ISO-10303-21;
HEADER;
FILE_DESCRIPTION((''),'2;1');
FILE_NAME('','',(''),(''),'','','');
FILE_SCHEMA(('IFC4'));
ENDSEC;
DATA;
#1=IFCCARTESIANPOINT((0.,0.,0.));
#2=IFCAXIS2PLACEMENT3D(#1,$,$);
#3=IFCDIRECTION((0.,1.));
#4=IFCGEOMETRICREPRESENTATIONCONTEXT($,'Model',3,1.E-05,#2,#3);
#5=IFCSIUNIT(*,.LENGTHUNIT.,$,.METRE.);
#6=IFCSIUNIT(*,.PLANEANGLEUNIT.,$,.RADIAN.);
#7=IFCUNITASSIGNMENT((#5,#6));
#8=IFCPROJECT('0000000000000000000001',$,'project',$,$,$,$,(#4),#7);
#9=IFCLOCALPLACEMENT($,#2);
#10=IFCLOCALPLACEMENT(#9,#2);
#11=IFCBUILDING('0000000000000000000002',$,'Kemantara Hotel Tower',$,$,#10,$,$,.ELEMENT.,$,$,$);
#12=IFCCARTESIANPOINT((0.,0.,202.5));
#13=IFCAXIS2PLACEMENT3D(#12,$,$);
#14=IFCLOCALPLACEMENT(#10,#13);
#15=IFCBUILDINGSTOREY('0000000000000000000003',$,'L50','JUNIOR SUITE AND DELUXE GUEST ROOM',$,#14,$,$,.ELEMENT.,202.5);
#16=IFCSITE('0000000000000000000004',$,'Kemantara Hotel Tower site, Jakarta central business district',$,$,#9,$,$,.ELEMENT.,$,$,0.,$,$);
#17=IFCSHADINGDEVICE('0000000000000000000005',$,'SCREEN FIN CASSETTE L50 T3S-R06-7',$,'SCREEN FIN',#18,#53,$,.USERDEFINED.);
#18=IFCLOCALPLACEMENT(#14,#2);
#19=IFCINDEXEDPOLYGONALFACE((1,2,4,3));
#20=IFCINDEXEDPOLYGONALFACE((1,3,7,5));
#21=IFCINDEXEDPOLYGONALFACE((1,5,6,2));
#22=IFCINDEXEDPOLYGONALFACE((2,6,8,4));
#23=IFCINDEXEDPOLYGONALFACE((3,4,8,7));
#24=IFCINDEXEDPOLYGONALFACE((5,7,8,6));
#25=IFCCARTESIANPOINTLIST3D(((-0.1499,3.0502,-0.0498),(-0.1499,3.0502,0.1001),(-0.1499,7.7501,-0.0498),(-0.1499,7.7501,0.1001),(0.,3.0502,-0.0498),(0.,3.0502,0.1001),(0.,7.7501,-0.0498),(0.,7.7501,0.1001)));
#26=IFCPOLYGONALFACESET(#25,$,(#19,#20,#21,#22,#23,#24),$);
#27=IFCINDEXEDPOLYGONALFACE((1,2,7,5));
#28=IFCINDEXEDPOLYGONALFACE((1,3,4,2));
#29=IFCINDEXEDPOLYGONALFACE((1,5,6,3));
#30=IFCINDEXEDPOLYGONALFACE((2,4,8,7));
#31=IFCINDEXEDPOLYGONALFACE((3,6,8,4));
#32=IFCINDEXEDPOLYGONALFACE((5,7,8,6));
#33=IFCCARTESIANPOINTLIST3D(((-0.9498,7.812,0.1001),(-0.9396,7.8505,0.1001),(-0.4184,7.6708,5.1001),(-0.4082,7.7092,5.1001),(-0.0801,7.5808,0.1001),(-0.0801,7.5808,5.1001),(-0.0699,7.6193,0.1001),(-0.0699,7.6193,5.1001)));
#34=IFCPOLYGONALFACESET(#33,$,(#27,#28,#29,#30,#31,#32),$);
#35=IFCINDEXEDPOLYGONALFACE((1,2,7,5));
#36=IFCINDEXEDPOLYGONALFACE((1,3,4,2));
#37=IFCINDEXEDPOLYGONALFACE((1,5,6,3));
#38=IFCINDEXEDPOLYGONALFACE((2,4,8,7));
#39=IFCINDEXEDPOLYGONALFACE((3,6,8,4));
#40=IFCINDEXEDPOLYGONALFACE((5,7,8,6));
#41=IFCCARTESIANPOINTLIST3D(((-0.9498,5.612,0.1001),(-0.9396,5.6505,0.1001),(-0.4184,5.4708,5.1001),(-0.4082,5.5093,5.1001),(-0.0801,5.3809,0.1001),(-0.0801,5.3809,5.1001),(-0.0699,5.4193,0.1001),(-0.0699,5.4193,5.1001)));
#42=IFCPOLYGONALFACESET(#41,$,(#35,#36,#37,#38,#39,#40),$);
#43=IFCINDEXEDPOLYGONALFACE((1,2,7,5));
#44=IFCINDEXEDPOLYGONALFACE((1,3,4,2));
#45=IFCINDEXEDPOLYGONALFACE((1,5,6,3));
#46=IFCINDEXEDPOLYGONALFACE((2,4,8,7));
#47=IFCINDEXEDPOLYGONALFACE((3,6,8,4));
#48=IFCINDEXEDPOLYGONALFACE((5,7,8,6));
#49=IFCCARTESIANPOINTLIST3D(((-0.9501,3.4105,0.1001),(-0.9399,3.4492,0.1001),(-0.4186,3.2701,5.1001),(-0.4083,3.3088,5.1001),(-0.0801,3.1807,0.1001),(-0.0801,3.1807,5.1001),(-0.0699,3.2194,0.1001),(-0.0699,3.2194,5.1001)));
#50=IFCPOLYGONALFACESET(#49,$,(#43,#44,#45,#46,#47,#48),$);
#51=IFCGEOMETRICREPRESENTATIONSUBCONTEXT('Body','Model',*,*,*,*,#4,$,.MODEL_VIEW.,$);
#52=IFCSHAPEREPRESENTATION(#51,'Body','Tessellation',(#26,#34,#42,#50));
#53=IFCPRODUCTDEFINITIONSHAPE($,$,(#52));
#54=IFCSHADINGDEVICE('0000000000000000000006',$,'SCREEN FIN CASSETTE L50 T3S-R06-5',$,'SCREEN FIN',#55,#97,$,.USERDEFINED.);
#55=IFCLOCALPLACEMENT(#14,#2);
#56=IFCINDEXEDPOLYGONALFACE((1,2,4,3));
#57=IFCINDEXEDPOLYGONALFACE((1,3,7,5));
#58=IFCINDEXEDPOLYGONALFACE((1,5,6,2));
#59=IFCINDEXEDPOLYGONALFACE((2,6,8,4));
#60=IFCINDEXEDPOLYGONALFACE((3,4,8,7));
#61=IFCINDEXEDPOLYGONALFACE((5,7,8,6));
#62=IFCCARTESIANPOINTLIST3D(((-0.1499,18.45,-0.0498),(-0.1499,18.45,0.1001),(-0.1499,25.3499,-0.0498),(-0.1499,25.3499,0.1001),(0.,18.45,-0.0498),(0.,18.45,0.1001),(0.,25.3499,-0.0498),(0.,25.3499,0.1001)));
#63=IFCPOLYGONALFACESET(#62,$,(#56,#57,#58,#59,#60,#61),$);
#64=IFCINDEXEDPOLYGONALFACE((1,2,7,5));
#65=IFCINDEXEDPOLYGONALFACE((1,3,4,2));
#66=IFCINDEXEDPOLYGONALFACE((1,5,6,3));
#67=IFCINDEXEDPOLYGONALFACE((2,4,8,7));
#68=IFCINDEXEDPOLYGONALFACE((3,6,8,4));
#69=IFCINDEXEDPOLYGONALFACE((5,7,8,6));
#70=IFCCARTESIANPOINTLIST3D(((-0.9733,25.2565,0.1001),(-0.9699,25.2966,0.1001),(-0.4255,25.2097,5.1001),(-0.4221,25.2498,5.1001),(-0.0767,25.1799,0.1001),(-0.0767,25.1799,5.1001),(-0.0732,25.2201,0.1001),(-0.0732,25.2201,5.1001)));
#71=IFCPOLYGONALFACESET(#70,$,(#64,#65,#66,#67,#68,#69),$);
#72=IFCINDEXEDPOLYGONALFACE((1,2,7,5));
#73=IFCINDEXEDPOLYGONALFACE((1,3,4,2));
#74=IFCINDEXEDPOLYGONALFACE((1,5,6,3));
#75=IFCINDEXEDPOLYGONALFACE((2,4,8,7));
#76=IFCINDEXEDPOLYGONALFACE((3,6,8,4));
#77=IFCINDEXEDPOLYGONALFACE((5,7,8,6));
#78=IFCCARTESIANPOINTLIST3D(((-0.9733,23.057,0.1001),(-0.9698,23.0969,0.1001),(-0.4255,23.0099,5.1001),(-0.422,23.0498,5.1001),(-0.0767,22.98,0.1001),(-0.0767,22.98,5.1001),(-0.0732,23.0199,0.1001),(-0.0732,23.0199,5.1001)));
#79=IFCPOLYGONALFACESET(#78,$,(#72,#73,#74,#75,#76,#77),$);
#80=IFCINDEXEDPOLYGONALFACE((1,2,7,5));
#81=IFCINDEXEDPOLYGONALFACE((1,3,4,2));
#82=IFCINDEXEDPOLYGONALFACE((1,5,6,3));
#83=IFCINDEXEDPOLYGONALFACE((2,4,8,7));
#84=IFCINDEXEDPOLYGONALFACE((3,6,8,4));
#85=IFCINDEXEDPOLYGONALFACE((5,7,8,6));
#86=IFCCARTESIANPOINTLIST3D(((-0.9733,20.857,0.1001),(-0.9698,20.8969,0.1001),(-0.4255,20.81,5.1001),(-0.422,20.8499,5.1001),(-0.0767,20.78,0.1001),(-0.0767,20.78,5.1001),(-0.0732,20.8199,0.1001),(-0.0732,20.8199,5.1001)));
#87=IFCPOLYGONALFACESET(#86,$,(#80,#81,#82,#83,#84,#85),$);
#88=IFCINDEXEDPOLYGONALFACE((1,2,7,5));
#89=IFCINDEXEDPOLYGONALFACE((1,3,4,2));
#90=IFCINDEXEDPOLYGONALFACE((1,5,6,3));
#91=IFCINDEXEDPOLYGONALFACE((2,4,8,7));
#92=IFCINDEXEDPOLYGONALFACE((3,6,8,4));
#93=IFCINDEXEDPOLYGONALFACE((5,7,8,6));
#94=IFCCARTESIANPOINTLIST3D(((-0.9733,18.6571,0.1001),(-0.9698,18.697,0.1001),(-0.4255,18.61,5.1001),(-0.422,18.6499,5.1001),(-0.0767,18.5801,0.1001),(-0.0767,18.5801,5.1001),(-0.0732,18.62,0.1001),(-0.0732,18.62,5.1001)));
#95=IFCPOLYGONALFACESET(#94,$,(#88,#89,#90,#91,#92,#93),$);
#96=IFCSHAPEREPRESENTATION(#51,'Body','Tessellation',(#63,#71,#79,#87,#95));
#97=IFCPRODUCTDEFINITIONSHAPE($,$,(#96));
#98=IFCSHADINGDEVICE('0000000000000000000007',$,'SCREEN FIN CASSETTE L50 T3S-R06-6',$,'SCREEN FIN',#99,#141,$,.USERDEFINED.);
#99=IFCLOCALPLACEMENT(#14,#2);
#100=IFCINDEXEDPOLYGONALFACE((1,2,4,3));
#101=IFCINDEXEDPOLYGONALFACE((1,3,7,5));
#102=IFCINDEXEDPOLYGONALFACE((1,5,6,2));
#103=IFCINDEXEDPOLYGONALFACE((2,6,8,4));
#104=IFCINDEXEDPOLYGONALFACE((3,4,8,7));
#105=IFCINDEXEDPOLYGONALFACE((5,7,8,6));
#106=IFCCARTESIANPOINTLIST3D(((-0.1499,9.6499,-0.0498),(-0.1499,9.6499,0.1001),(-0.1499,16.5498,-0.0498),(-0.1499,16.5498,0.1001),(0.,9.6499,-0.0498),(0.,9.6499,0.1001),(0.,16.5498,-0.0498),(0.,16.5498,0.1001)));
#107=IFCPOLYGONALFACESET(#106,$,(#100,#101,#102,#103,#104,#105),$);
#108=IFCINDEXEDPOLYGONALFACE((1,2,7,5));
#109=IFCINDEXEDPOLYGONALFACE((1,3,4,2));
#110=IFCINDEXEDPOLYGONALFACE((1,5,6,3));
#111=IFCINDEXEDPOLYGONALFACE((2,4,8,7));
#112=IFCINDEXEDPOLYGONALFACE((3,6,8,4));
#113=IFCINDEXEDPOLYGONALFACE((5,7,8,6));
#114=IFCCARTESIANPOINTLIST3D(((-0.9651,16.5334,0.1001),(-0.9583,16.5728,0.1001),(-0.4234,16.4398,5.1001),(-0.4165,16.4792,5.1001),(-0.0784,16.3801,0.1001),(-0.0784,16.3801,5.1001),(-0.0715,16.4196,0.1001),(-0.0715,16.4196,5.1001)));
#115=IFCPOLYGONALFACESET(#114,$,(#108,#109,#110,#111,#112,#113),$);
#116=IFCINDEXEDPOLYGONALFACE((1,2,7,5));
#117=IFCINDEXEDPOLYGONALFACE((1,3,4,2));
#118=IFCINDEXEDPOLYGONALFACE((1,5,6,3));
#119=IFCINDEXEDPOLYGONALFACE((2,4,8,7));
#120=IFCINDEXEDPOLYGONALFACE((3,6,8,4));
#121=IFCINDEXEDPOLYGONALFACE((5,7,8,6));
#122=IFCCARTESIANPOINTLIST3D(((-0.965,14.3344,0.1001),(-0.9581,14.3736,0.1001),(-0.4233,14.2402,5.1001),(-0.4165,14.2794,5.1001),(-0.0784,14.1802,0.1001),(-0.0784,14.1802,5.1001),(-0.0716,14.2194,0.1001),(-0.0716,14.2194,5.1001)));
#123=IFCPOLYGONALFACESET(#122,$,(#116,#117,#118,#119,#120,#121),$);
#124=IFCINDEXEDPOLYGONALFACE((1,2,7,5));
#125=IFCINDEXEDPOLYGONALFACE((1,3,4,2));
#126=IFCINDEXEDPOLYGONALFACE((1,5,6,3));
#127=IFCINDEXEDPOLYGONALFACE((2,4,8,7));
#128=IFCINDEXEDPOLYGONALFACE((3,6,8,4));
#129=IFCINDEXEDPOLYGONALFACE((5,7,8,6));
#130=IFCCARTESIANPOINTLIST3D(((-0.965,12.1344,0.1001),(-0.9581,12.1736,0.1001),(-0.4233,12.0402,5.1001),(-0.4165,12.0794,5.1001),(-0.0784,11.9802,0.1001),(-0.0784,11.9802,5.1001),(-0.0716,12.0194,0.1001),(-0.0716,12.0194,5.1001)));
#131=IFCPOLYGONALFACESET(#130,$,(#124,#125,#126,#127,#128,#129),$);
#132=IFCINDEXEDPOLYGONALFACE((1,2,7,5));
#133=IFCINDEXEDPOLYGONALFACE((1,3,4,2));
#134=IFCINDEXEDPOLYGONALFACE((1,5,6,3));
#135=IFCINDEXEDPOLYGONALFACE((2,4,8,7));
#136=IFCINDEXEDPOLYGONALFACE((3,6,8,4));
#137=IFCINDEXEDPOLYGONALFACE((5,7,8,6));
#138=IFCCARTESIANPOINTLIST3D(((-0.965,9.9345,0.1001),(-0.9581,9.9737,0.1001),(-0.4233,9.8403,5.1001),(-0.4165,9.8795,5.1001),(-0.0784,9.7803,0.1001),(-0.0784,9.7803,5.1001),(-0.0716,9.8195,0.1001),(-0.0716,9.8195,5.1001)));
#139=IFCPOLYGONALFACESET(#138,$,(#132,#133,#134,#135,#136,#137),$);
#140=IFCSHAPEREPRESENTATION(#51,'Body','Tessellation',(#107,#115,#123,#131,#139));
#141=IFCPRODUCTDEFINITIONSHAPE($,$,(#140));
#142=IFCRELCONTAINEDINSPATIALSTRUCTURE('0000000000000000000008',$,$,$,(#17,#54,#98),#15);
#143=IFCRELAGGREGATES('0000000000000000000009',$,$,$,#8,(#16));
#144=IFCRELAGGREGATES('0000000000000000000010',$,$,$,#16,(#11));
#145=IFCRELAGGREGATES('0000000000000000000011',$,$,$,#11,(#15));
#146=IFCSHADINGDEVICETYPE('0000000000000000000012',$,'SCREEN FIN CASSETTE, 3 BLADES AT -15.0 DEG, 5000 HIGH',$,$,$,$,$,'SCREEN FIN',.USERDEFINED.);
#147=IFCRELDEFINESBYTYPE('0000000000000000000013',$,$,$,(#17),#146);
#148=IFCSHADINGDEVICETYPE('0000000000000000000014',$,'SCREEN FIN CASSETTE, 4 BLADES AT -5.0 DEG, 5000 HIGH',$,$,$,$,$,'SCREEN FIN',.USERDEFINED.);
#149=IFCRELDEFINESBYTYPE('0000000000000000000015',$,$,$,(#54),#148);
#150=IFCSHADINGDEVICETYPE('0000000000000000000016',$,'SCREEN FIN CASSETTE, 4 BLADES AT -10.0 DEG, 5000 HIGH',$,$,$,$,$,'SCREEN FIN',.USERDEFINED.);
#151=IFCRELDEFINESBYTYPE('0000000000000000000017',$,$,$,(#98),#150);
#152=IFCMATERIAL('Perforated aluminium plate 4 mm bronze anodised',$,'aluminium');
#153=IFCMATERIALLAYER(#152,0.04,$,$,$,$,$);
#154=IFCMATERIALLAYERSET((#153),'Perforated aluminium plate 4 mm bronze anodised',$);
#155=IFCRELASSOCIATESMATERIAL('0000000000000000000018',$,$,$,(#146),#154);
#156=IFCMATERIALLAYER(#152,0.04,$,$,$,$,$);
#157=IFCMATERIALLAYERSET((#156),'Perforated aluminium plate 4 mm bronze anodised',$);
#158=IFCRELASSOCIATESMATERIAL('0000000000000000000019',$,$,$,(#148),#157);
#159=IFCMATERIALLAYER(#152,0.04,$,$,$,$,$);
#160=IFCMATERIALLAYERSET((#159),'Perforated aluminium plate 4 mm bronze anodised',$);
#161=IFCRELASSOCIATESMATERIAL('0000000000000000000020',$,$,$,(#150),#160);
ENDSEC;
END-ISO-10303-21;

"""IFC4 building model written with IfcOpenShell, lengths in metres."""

from ifc_helpers import new_model, si_unit, direction, frame, origin, origin_2d, place, context, subcontext, project, spatial, polyline, rectangle, outline, extrude, source, transform, mapped, material, layer, layer_set, type_object, element, save


model = new_model("IFC4")

# Units and contexts
model_context = context("Model", 3, precision=1e-05, world=origin(), true_north=direction((0.0, 1.0)))
body_context = subcontext(model_context, "Body", "Model", "MODEL_VIEW")
ifc_project = project(units=[si_unit("LENGTHUNIT", "METRE"), si_unit("PLANEANGLEUNIT", "RADIAN")], contexts=[model_context])

# Site, building, storey
site_placement = place(None, origin())
site = spatial("IfcSite", under=ifc_project, at=site_placement, Name="Kemantara Hotel Tower site, Jakarta central business district", CompositionType="ELEMENT", RefElevation=0.0)
building_placement = place(site_placement, origin())
building = spatial("IfcBuilding", under=site, at=building_placement, Name="Kemantara Hotel Tower", CompositionType="ELEMENT")
storey_placement = place(building_placement, frame((0.0, 0.0, 202.5)))
storey = spatial("IfcBuildingStorey", under=building, at=storey_placement, Name="L50", Description="JUNIOR SUITE AND DELUXE GUEST ROOM", CompositionType="ELEMENT", Elevation=202.5)

# Shading devices
ifc_material_1 = material(Name="Perforated aluminium plate 4 mm bronze anodised", Category="aluminium")
ifc_layer_1 = layer(ifc_material_1, 0.04)
ifc_layer_set_1 = layer_set([ifc_layer_1], Name="Perforated aluminium plate 4 mm bronze anodised")
shading_device_type_1 = type_object("IfcShadingDeviceType", Name="SCREEN FIN CASSETTE, 3 BLADES AT -15.0 DEG, 5000 HIGH", ElementType="SCREEN FIN", PredefinedType="USERDEFINED", material=ifc_layer_set_1)
shared_shape_1 = source(origin(), body_context, "Body", "SweptSolid", [
    extrude(rectangle(XDim=4.7, YDim=0.1499, at=origin_2d()), frame((2.2, -0.075, -0.1499), z_axis=(0.0, 0.0, 1.0), x_axis=(1.0, 0.0, 0.0)), (0.0, 0.0, 1.0), 0.1499),
    extrude(outline(polyline([(0.0, 0.0), (0.8999, 0.0), (0.3501, 5.0), (0.0, 5.0), (0.0, 0.0)])), frame((0.0193, -0.0801, 0.0), z_axis=(-0.966438, 0.256901, 0.0), x_axis=(-0.256901, -0.966438, 0.0)), (0.0, 0.0, 1.0), 0.0398),
    extrude(outline(polyline([(0.0, 0.0), (0.8999, 0.0), (0.3501, 5.0), (0.0, 5.0), (0.0, 0.0)])), frame((2.2192, -0.0801, 0.0), z_axis=(-0.966438, 0.256901, 0.0), x_axis=(-0.256901, -0.966438, 0.0)), (0.0, 0.0, 1.0), 0.0398),
    extrude(outline(polyline([(0.0, 0.0), (0.8999, 0.0), (0.3501, 5.0), (0.0, 5.0), (0.0, 0.0)])), frame((4.4194, -0.0801, 0.0), z_axis=(-0.966838, 0.255391, 0.0), x_axis=(-0.255391, -0.966838, 0.0)), (0.0, 0.0, 1.0), 0.04),
])
shading_device_1_placement = place(storey_placement, frame((0.0, 7.6001, 0.1001), z_axis=(0.0, 0.0, 1.0), x_axis=(0.0, -1.0, 0.0)))
element("IfcShadingDevice", 1, at=shading_device_1_placement, inside=storey, type_object=shading_device_type_1, Name="SCREEN FIN CASSETTE L50 T3S-R06-7", ObjectType="SCREEN FIN", PredefinedType="USERDEFINED", context=body_context, shape_type="MappedRepresentation", body=[
    mapped(shared_shape_1, transform((0.0, 0.0, 0.0))),
])
ifc_layer_2 = layer(ifc_material_1, 0.04)
ifc_layer_set_2 = layer_set([ifc_layer_2], Name="Perforated aluminium plate 4 mm bronze anodised")
shading_device_type_2 = type_object("IfcShadingDeviceType", Name="SCREEN FIN CASSETTE, 4 BLADES AT -5.0 DEG, 5000 HIGH", ElementType="SCREEN FIN", PredefinedType="USERDEFINED", material=ifc_layer_set_2)
shared_shape_2 = source(origin(), body_context, "Body", "SweptSolid", [
    extrude(rectangle(XDim=6.8999, YDim=0.1499, at=origin_2d()), frame((3.3, -0.075, -0.1499), z_axis=(0.0, 0.0, 1.0), x_axis=(1.0, 0.0, 0.0)), (0.0, 0.0, 1.0), 0.1499),
    extrude(outline(polyline([(0.0, 0.0), (0.8999, 0.0), (0.3501, 5.0), (0.0, 5.0), (0.0, 0.0)])), frame((0.02, -0.0767, 0.0), z_axis=(-0.996376, 0.085056, 0.0), x_axis=(-0.085056, -0.996376, 0.0)), (0.0, 0.0, 1.0), 0.0403),
    extrude(outline(polyline([(0.0, 0.0), (0.8999, 0.0), (0.3501, 5.0), (0.0, 5.0), (0.0, 0.0)])), frame((2.22, -0.0767, 0.0), z_axis=(-0.996332, 0.085575, 0.0), x_axis=(-0.085575, -0.996332, 0.0)), (0.0, 0.0, 1.0), 0.04),
    extrude(outline(polyline([(0.0, 0.0), (0.8999, 0.0), (0.3501, 5.0), (0.0, 5.0), (0.0, 0.0)])), frame((4.4199, -0.0767, 0.0), z_axis=(-0.996332, 0.085575, 0.0), x_axis=(-0.085575, -0.996332, 0.0)), (0.0, 0.0, 1.0), 0.04),
    extrude(outline(polyline([(0.0, 0.0), (0.8999, 0.0), (0.3501, 5.0), (0.0, 5.0), (0.0, 0.0)])), frame((6.6199, -0.0767, 0.0), z_axis=(-0.996332, 0.085575, 0.0), x_axis=(-0.085575, -0.996332, 0.0)), (0.0, 0.0, 1.0), 0.04),
])
shading_device_2_placement = place(storey_placement, frame((0.0, 25.2, 0.1001), z_axis=(0.0, 0.0, 1.0), x_axis=(0.0, -1.0, 0.0)))
element("IfcShadingDevice", 2, at=shading_device_2_placement, inside=storey, type_object=shading_device_type_2, Name="SCREEN FIN CASSETTE L50 T3S-R06-5", ObjectType="SCREEN FIN", PredefinedType="USERDEFINED", context=body_context, shape_type="MappedRepresentation", body=[
    mapped(shared_shape_2, transform((0.0, 0.0, 0.0))),
])
ifc_layer_3 = layer(ifc_material_1, 0.04)
ifc_layer_set_3 = layer_set([ifc_layer_3], Name="Perforated aluminium plate 4 mm bronze anodised")
shading_device_type_3 = type_object("IfcShadingDeviceType", Name="SCREEN FIN CASSETTE, 4 BLADES AT -10.0 DEG, 5000 HIGH", ElementType="SCREEN FIN", PredefinedType="USERDEFINED", material=ifc_layer_set_3)
shared_shape_3 = source(origin(), body_context, "Body", "SweptSolid", [
    extrude(rectangle(XDim=6.8999, YDim=0.1499, at=origin_2d()), frame((3.3, -0.075, -0.1499), z_axis=(0.0, 0.0, 1.0), x_axis=(1.0, 0.0, 0.0)), (0.0, 0.0, 1.0), 0.1499),
    extrude(outline(polyline([(0.0, 0.0), (0.8999, 0.0), (0.3501, 5.0), (0.0, 5.0), (0.0, 0.0)])), frame((0.0198, -0.0784, 0.0), z_axis=(-0.98539, 0.170314, 0.0), x_axis=(-0.170314, -0.98539, 0.0)), (0.0, 0.0, 1.0), 0.04),
    extrude(outline(polyline([(0.0, 0.0), (0.8999, 0.0), (0.3501, 5.0), (0.0, 5.0), (0.0, 0.0)])), frame((2.2197, -0.0784, 0.0), z_axis=(-0.985212, 0.171341, 0.0), x_axis=(-0.171341, -0.985212, 0.0)), (0.0, 0.0, 1.0), 0.0398),
    extrude(outline(polyline([(0.0, 0.0), (0.8999, 0.0), (0.3501, 5.0), (0.0, 5.0), (0.0, 0.0)])), frame((4.4197, -0.0784, 0.0), z_axis=(-0.985212, 0.171341, 0.0), x_axis=(-0.171341, -0.985212, 0.0)), (0.0, 0.0, 1.0), 0.0398),
    extrude(outline(polyline([(0.0, 0.0), (0.8999, 0.0), (0.3501, 5.0), (0.0, 5.0), (0.0, 0.0)])), frame((6.6196, -0.0784, 0.0), z_axis=(-0.985212, 0.171341, 0.0), x_axis=(-0.171341, -0.985212, 0.0)), (0.0, 0.0, 1.0), 0.0398),
])
shading_device_3_placement = place(storey_placement, frame((0.0, 16.3999, 0.1001), z_axis=(0.0, 0.0, 1.0), x_axis=(0.0, -1.0, 0.0)))
element("IfcShadingDevice", 3, at=shading_device_3_placement, inside=storey, type_object=shading_device_type_3, Name="SCREEN FIN CASSETTE L50 T3S-R06-6", ObjectType="SCREEN FIN", PredefinedType="USERDEFINED", context=body_context, shape_type="MappedRepresentation", body=[
    mapped(shared_shape_3, transform((0.0, 0.0, 0.0))),
])

save(model, "model.ifc")
